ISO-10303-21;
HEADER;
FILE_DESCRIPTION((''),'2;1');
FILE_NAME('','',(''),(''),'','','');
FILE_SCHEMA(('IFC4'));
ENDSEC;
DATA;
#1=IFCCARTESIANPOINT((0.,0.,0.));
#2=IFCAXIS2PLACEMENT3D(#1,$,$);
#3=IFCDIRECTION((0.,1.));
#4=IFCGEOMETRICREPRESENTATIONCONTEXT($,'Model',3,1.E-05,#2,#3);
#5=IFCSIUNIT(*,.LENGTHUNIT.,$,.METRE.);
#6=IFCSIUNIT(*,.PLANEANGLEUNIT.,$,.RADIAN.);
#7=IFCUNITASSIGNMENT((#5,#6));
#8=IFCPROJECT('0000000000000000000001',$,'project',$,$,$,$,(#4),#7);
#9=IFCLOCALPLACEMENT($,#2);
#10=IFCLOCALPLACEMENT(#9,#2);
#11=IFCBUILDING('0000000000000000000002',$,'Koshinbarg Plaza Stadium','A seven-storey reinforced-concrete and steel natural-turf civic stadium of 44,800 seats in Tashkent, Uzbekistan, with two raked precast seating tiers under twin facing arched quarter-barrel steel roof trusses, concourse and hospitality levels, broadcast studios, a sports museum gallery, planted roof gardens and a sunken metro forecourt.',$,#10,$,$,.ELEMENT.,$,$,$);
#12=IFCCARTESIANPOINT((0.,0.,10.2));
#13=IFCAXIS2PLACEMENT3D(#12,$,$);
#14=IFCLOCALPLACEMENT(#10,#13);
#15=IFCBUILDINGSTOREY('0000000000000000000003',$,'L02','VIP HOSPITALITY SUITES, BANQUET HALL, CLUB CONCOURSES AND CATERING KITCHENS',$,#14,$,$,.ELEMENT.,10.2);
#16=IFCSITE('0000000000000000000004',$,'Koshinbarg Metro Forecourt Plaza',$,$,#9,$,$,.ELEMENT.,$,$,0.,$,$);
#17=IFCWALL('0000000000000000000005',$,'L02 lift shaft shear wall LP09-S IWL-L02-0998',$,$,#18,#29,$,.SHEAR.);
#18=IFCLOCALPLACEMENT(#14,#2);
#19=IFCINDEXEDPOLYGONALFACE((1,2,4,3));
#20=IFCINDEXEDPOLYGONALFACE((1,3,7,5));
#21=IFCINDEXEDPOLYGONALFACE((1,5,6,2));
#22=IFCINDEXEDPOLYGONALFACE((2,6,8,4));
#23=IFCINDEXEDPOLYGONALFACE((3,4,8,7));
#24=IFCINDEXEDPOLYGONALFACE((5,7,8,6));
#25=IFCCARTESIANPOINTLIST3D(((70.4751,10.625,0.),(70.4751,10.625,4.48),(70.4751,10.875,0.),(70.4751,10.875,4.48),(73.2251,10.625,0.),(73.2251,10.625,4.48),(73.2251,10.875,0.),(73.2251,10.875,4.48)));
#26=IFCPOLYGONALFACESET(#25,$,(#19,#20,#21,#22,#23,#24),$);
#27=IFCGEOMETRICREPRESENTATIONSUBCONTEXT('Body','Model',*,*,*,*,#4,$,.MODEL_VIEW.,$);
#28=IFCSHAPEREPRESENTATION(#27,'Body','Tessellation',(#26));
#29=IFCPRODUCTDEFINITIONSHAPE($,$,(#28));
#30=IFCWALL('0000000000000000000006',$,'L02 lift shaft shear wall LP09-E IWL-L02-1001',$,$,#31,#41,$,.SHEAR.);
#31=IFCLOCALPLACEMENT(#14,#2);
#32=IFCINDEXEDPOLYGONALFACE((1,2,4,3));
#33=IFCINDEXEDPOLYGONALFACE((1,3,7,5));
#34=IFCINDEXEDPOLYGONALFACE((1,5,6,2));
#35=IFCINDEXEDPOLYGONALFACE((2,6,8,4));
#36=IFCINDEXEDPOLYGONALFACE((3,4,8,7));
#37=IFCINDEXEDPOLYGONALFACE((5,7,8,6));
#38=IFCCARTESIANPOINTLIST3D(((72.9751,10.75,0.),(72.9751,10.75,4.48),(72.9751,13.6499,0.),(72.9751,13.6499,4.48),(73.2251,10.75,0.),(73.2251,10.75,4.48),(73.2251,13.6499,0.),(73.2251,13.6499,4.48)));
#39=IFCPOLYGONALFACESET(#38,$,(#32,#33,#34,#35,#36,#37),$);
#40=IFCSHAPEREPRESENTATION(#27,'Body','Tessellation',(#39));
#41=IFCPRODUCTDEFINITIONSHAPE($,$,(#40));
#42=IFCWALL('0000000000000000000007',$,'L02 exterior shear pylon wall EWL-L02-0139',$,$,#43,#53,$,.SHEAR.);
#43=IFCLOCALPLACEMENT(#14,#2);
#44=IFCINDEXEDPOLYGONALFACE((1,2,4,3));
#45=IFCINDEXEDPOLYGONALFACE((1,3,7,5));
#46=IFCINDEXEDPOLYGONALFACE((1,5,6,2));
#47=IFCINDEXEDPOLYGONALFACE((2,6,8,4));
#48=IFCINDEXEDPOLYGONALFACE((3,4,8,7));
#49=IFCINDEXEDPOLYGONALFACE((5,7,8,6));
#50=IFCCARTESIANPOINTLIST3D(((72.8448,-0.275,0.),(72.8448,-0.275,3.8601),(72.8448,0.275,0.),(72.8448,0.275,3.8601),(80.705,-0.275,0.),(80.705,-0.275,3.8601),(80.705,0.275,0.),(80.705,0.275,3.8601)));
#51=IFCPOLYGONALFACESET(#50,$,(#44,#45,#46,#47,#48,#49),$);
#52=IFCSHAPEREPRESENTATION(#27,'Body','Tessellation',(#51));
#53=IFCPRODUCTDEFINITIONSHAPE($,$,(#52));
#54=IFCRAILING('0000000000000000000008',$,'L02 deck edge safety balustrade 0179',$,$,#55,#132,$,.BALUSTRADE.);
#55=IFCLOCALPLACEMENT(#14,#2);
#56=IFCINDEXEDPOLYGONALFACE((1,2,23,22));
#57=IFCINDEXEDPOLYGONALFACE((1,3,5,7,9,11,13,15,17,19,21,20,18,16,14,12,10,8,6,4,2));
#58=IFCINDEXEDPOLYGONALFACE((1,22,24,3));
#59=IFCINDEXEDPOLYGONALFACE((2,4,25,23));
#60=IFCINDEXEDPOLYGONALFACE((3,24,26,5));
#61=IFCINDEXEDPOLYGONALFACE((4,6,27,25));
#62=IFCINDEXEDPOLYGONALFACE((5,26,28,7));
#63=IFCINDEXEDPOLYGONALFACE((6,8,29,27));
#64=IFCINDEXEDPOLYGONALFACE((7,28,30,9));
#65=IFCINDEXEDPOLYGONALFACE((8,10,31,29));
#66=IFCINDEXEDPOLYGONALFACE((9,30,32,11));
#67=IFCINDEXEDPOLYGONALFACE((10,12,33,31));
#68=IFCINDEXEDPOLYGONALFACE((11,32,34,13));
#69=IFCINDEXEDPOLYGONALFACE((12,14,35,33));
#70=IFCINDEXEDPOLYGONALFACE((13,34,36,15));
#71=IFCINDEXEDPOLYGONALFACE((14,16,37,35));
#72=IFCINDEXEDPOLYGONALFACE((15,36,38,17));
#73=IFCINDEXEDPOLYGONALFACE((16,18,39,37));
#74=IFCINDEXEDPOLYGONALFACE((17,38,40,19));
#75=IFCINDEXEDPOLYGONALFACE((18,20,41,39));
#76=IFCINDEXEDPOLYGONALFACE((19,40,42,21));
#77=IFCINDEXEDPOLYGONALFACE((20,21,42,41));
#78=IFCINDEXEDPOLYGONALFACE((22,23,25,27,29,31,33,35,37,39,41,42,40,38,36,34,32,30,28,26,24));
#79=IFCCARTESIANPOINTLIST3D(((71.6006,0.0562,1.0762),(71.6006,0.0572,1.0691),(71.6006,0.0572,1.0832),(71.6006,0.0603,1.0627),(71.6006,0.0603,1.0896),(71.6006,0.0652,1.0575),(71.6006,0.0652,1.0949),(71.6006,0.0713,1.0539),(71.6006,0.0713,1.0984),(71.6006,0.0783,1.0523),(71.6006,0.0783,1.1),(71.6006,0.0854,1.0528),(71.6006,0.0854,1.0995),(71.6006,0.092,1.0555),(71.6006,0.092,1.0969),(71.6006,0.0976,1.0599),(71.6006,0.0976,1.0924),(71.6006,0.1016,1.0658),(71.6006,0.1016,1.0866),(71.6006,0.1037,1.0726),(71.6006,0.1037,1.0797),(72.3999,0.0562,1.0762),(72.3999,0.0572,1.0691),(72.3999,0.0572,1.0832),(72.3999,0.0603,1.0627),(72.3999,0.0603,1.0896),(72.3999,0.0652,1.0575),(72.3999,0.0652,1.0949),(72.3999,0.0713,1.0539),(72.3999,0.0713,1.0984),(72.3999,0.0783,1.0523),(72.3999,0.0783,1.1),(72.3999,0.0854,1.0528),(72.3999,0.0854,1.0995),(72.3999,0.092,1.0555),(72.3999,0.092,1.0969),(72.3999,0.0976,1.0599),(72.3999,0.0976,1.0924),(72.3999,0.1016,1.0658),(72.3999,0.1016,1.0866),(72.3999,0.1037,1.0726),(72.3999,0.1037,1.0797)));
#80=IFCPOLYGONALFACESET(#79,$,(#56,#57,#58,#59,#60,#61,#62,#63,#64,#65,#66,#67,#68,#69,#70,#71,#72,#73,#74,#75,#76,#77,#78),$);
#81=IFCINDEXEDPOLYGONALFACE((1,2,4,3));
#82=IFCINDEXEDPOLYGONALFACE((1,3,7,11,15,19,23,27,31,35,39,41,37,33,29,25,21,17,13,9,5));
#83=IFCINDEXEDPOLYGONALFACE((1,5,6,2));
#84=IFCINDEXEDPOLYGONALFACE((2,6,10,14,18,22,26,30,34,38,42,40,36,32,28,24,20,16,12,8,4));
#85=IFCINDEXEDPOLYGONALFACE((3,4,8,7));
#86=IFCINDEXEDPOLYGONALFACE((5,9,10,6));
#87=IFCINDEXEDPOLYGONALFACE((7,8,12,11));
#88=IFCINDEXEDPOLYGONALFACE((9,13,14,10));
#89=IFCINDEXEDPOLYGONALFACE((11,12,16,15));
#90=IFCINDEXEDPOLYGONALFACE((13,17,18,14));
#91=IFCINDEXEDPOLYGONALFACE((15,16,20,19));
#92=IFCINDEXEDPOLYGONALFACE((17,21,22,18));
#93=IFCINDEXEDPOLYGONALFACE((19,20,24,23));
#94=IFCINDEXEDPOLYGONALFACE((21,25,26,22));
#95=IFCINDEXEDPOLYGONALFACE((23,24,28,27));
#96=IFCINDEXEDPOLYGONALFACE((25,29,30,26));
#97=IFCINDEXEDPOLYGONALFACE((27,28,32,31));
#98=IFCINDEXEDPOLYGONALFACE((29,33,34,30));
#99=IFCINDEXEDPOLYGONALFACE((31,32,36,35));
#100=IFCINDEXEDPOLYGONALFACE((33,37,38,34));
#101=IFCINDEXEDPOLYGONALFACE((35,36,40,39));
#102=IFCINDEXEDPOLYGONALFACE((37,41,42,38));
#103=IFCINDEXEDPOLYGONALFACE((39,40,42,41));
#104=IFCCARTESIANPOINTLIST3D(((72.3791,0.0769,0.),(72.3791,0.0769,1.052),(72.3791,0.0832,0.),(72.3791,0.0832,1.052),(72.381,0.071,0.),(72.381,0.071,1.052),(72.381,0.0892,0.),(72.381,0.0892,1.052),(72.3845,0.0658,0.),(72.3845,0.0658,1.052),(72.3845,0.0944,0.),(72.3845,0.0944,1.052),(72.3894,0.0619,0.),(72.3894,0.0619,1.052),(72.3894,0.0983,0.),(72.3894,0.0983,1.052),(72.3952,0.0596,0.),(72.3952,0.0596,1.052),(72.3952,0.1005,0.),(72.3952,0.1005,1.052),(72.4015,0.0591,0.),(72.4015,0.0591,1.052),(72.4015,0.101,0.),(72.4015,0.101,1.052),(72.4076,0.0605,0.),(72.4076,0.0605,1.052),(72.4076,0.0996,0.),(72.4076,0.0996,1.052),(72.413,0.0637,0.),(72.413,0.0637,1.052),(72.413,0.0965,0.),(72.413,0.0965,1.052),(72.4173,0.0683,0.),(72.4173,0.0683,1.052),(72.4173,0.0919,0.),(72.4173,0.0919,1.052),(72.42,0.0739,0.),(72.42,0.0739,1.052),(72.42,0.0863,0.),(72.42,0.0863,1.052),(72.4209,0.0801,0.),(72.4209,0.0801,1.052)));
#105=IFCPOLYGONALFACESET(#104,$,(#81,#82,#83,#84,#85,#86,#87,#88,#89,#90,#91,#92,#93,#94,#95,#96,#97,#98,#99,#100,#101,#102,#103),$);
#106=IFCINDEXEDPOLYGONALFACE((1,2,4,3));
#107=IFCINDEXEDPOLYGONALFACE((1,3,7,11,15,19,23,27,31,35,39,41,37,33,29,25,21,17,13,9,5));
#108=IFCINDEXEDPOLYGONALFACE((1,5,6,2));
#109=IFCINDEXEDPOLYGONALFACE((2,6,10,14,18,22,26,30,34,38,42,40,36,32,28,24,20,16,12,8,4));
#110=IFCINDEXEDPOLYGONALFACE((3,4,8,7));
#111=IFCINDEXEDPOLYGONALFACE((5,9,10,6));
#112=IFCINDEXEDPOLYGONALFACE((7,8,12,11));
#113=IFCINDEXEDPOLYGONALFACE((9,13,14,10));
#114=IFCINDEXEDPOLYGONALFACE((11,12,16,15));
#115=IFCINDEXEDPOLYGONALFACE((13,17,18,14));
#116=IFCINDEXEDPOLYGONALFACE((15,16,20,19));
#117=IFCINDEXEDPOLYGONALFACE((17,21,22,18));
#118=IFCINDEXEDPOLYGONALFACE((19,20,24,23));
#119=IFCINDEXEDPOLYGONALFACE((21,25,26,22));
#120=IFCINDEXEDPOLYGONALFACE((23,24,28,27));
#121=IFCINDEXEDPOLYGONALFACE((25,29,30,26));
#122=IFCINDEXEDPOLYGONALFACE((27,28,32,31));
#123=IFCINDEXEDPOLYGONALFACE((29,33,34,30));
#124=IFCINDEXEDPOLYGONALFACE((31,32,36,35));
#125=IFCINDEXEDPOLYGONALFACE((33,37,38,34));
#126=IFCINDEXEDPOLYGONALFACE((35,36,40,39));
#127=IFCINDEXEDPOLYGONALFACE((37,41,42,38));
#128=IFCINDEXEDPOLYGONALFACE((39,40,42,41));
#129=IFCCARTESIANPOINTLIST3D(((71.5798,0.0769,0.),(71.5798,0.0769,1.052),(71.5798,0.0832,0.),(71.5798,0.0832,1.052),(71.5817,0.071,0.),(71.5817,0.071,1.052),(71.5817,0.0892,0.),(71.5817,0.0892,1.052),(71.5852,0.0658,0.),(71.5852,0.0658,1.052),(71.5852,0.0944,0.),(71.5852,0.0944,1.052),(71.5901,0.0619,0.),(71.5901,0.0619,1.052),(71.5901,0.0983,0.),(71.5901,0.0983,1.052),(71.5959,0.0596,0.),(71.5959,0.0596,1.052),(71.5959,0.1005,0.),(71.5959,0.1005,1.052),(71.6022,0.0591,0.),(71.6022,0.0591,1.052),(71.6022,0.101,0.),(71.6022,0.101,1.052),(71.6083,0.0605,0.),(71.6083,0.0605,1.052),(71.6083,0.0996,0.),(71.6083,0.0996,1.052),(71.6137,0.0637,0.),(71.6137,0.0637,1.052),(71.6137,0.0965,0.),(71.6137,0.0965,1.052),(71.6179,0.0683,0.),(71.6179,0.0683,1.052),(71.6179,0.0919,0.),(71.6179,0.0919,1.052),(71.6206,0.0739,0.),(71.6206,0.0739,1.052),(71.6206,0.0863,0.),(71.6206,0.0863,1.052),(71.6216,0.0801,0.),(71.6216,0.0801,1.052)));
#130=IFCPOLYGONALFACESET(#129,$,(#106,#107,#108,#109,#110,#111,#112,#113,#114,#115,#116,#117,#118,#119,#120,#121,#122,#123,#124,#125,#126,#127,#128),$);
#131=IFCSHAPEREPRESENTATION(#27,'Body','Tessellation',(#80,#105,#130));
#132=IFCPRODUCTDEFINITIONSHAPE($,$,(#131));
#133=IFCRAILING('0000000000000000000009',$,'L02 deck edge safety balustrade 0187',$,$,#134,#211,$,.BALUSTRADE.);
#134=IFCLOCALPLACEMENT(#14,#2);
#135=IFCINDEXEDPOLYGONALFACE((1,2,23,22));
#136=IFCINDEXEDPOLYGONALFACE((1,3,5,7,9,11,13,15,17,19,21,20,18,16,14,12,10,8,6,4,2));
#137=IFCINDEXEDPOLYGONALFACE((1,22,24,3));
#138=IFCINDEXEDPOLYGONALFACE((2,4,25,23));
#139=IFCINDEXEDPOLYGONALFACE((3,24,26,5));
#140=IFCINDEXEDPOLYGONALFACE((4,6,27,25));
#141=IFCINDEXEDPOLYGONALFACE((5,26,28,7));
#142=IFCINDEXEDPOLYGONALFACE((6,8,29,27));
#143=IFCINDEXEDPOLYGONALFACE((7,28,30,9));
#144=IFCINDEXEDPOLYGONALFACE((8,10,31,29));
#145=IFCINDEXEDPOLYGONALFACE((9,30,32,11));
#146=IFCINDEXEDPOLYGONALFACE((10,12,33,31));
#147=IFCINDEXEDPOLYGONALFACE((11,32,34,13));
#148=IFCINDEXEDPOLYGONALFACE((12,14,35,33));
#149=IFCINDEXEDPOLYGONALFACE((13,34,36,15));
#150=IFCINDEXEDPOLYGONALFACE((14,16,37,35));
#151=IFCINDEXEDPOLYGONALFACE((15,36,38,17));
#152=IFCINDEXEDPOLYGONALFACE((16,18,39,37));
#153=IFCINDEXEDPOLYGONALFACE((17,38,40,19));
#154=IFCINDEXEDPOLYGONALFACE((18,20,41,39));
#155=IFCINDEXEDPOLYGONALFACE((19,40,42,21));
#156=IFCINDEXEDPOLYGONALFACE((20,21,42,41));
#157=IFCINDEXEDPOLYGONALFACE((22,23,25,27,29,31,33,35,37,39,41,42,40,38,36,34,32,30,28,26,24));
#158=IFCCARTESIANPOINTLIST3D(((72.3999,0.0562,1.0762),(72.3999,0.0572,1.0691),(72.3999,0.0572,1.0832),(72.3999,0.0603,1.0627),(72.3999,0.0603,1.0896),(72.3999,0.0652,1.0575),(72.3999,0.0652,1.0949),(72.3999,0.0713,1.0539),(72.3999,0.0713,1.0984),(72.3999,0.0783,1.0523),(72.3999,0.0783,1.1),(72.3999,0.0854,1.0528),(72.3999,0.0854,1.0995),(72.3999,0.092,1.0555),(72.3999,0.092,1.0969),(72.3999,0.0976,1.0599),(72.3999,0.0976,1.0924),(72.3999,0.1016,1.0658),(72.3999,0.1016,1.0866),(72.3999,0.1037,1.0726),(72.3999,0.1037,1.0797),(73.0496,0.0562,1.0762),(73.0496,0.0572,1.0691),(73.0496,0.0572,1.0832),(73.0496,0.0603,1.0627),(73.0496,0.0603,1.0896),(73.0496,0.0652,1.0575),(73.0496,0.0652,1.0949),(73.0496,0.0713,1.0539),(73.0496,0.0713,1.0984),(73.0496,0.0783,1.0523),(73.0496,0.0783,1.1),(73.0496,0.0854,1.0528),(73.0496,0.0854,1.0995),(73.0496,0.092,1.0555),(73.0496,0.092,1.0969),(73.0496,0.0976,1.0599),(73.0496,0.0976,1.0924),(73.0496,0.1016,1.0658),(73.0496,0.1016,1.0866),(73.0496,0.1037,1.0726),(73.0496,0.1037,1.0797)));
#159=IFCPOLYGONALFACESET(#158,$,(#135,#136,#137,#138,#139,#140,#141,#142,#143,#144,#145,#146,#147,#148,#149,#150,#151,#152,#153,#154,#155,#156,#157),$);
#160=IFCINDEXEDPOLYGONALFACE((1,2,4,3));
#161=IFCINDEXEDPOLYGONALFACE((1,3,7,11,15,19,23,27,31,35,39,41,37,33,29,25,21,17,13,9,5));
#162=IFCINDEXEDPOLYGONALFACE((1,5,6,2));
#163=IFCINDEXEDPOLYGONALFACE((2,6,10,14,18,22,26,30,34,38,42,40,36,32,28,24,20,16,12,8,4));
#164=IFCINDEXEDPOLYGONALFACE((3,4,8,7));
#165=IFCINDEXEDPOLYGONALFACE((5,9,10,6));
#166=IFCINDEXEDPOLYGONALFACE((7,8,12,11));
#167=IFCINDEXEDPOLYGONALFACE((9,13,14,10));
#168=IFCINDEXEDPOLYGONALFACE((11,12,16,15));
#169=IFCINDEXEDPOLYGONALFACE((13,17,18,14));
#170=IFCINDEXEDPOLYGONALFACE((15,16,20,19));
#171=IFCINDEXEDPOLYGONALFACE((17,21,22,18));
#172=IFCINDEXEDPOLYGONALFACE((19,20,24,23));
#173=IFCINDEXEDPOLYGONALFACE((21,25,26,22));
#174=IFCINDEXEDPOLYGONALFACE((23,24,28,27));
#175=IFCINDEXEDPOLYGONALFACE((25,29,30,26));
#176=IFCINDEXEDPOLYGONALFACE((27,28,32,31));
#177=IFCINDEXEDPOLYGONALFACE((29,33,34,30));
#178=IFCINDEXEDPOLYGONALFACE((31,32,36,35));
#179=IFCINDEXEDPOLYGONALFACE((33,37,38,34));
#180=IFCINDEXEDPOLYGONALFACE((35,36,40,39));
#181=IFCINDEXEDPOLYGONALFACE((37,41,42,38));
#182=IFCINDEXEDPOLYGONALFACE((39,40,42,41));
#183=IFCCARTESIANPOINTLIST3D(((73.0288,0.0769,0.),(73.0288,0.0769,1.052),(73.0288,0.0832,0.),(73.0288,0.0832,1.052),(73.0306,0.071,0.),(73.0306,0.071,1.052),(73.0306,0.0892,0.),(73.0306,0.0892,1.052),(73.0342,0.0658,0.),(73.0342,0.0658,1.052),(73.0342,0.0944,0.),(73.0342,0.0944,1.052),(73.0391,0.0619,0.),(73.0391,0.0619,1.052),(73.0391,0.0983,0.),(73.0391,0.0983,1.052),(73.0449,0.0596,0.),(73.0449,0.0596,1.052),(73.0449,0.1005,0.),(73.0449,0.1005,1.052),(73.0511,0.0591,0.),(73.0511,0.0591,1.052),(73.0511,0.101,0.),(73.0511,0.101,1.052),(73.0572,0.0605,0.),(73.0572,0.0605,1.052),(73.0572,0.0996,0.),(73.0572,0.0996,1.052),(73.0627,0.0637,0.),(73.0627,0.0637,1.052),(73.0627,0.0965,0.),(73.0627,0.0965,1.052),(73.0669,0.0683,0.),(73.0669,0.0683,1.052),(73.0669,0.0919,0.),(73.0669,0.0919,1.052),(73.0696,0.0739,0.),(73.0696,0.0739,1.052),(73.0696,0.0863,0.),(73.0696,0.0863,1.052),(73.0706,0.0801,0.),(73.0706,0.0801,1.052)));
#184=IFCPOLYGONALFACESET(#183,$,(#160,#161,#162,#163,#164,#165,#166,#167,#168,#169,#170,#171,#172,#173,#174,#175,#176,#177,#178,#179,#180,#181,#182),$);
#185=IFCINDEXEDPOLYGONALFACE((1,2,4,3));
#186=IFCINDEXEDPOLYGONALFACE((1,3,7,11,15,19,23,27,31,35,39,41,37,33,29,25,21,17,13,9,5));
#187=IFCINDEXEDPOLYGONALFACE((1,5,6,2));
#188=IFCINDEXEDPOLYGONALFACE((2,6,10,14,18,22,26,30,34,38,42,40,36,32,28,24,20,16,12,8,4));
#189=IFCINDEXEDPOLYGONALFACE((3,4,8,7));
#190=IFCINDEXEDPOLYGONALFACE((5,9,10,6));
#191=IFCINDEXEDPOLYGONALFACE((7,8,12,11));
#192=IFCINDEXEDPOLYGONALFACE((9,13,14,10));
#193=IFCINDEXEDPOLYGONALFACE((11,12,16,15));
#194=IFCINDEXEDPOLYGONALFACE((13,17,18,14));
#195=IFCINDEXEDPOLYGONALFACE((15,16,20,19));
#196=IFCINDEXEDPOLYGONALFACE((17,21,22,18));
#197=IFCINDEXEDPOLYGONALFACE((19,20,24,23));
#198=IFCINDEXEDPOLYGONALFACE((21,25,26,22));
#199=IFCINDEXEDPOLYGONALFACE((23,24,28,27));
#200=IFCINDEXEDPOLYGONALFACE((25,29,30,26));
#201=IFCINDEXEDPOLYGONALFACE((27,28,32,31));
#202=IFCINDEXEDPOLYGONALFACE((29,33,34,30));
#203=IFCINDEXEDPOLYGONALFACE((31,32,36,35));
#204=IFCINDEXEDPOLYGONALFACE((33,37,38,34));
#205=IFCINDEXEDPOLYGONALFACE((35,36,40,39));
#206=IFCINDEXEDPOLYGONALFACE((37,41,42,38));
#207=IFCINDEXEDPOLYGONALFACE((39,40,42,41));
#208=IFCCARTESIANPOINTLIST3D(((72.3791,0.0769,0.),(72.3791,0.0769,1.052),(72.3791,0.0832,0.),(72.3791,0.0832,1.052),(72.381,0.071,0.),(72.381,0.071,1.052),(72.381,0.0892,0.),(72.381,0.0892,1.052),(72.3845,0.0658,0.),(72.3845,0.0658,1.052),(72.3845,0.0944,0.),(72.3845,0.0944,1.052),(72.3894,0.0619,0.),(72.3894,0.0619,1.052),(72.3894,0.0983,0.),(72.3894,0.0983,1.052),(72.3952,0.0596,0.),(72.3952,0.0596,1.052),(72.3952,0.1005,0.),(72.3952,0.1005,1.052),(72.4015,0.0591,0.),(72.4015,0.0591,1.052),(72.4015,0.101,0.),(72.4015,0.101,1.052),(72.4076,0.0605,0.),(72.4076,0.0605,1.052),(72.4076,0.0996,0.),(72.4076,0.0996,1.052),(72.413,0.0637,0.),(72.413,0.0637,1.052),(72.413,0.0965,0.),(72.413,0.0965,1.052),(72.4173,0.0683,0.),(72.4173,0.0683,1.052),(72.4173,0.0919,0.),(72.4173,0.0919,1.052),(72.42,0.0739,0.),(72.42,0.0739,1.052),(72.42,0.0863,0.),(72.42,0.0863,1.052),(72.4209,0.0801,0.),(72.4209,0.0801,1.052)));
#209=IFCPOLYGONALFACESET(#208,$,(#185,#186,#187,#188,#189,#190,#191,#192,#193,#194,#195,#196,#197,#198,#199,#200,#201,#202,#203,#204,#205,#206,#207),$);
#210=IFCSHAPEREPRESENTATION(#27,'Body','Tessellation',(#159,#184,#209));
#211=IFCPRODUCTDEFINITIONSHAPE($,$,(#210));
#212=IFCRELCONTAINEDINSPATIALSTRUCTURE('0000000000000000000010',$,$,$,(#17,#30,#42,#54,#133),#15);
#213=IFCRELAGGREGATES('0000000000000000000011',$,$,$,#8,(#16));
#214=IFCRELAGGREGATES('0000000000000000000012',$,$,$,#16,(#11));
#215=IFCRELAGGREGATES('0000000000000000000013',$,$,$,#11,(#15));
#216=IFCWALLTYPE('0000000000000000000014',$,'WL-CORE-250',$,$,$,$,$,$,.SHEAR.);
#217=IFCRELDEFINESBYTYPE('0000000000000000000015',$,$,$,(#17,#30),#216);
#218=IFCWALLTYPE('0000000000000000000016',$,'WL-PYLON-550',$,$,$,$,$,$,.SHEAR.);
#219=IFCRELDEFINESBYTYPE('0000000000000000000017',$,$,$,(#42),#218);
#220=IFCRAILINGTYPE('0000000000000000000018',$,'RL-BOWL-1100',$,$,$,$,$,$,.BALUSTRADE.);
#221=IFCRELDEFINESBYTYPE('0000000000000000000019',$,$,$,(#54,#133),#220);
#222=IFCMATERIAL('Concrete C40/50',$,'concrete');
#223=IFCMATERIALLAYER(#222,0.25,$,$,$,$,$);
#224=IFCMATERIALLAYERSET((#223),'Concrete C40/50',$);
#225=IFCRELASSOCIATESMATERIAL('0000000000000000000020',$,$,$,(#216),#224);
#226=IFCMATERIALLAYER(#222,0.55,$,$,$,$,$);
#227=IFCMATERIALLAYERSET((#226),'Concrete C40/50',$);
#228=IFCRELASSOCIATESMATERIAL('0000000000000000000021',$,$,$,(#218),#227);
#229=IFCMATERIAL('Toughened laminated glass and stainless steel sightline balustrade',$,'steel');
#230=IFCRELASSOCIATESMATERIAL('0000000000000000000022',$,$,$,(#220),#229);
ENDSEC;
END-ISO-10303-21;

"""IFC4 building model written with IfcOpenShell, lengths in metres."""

from ifc_helpers import new_model, si_unit, direction, frame, frame_2d, origin, origin_2d, place, context, subcontext, project, spatial, rectangle, circle, extrude, material, layer, layer_set, type_object, element, save


model = new_model("IFC4")

# Units and contexts
model_context = context("Model", 3, precision=1e-05, world=origin(), true_north=direction((0.0, 1.0)))
body_context = subcontext(model_context, "Body", "Model", "MODEL_VIEW")
ifc_project = project(units=[si_unit("LENGTHUNIT", "METRE"), si_unit("PLANEANGLEUNIT", "RADIAN")], contexts=[model_context])

# Site, building, storey
site_placement = place(None, origin())
site = spatial("IfcSite", under=ifc_project, at=site_placement, Name="Koshinbarg Metro Forecourt Plaza", CompositionType="ELEMENT", RefElevation=0.0)
building_placement = place(site_placement, origin())
building = spatial("IfcBuilding", under=site, at=building_placement, Name="Koshinbarg Plaza Stadium", Description="A seven-storey reinforced-concrete and steel natural-turf civic stadium of 44,800 seats in Tashkent, Uzbekistan, with two raked precast seating tiers under twin facing arched quarter-barrel steel roof trusses, concourse and hospitality levels, broadcast studios, a sports museum gallery, planted roof gardens and a sunken metro forecourt.", CompositionType="ELEMENT")
storey_placement = place(building_placement, frame((0.0, 0.0, 10.2)))
storey = spatial("IfcBuildingStorey", under=building, at=storey_placement, Name="L02", Description="VIP HOSPITALITY SUITES, BANQUET HALL, CLUB CONCOURSES AND CATERING KITCHENS", CompositionType="ELEMENT", Elevation=10.2)

# Shared definitions
ifc_material_1 = material(Name="Concrete C40/50", Category="concrete")

# Wall
ifc_layer_1 = layer(ifc_material_1, 0.25)
ifc_layer_set_1 = layer_set([ifc_layer_1], Name="Concrete C40/50")
wall_type_1 = type_object("IfcWallType", Name="WL-CORE-250", PredefinedType="SHEAR", material=ifc_layer_set_1)
wall_1_placement = place(storey_placement, frame((70.4751, 10.75, 0.0), z_axis=(0.0, 0.0, 1.0), x_axis=(1.0, 0.0, 0.0)))
element("IfcWall", 1, at=wall_1_placement, inside=storey, type_object=wall_type_1, Name="L02 lift shaft shear wall LP09-S IWL-L02-0998", PredefinedType="SHEAR", context=body_context, shape_type="SweptSolid", body=[
    extrude(rectangle(XDim=2.75, YDim=0.25, at=frame_2d((1.375, 0.0))), origin(), (0.0, 0.0, 1.0), 4.48),
])

# Walls
wall_2_placement = place(storey_placement, frame((73.1001, 10.75, 0.0), z_axis=(0.0, 0.0, 1.0), x_axis=(0.0, 1.0, 0.0)))
element("IfcWall", 2, at=wall_2_placement, inside=storey, type_object=wall_type_1, Name="L02 lift shaft shear wall LP09-E IWL-L02-1001", PredefinedType="SHEAR", context=body_context, shape_type="SweptSolid", body=[
    extrude(rectangle(XDim=2.8999, YDim=0.25, at=frame_2d((1.45, 0.0))), origin(), (0.0, 0.0, 1.0), 4.48),
])
ifc_layer_2 = layer(ifc_material_1, 0.55)
ifc_layer_set_2 = layer_set([ifc_layer_2], Name="Concrete C40/50")
wall_type_2 = type_object("IfcWallType", Name="WL-PYLON-550", PredefinedType="SHEAR", material=ifc_layer_set_2)
wall_3_placement = place(storey_placement, frame((80.7051, 0.0, 0.0), z_axis=(0.0, 0.0, 1.0), x_axis=(-1.0, 0.0, 0.0)))
element("IfcWall", 3, at=wall_3_placement, inside=storey, type_object=wall_type_2, Name="L02 exterior shear pylon wall EWL-L02-0139", PredefinedType="SHEAR", context=body_context, shape_type="SweptSolid", body=[
    extrude(rectangle(XDim=7.8601, YDim=0.55, at=frame_2d((3.9302, 0.0))), origin(), (0.0, 0.0, 1.0), 3.8601),
])

# Railings
ifc_material_2 = material(Name="Toughened laminated glass and stainless steel sightline balustrade", Category="steel")
railing_type = type_object("IfcRailingType", Name="RL-BOWL-1100", PredefinedType="BALUSTRADE", material=ifc_material_2)
railing_1_placement = place(storey_placement, frame((72.3999, 0.0801, 0.0)))
element("IfcRailing", 4, at=railing_1_placement, inside=storey, type_object=railing_type, Name="L02 deck edge safety balustrade 0179", PredefinedType="BALUSTRADE", context=body_context, shape_type="SweptSolid", body=[
    extrude(circle(Radius=0.0239, at=origin_2d()), frame((0.0, 0.0, 1.0762), z_axis=(-1.0, 0.0, 0.0), x_axis=(0.0, -1.0, 0.0)), (0.0, 0.0, 1.0), 0.7993),
    extrude(circle(Radius=0.021, at=origin_2d()), origin(), (0.0, 0.0, 1.0), 1.052),
    extrude(circle(Radius=0.021, at=origin_2d()), frame((-0.7993, 0.0, 0.0)), (0.0, 0.0, 1.0), 1.052),
])
railing_2_placement = place(storey_placement, frame((73.0496, 0.0801, 0.0)))
element("IfcRailing", 5, at=railing_2_placement, inside=storey, type_object=railing_type, Name="L02 deck edge safety balustrade 0187", PredefinedType="BALUSTRADE", context=body_context, shape_type="SweptSolid", body=[
    extrude(circle(Radius=0.0239, at=origin_2d()), frame((0.0, 0.0, 1.0762), z_axis=(-1.0, 0.0, 0.0), x_axis=(0.0, -1.0, 0.0)), (0.0, 0.0, 1.0), 0.6497),
    extrude(circle(Radius=0.021, at=origin_2d()), origin(), (0.0, 0.0, 1.0), 1.052),
    extrude(circle(Radius=0.021, at=origin_2d()), frame((-0.6497, 0.0, 0.0)), (0.0, 0.0, 1.0), 1.052),
])

save(model, "model.ifc")
